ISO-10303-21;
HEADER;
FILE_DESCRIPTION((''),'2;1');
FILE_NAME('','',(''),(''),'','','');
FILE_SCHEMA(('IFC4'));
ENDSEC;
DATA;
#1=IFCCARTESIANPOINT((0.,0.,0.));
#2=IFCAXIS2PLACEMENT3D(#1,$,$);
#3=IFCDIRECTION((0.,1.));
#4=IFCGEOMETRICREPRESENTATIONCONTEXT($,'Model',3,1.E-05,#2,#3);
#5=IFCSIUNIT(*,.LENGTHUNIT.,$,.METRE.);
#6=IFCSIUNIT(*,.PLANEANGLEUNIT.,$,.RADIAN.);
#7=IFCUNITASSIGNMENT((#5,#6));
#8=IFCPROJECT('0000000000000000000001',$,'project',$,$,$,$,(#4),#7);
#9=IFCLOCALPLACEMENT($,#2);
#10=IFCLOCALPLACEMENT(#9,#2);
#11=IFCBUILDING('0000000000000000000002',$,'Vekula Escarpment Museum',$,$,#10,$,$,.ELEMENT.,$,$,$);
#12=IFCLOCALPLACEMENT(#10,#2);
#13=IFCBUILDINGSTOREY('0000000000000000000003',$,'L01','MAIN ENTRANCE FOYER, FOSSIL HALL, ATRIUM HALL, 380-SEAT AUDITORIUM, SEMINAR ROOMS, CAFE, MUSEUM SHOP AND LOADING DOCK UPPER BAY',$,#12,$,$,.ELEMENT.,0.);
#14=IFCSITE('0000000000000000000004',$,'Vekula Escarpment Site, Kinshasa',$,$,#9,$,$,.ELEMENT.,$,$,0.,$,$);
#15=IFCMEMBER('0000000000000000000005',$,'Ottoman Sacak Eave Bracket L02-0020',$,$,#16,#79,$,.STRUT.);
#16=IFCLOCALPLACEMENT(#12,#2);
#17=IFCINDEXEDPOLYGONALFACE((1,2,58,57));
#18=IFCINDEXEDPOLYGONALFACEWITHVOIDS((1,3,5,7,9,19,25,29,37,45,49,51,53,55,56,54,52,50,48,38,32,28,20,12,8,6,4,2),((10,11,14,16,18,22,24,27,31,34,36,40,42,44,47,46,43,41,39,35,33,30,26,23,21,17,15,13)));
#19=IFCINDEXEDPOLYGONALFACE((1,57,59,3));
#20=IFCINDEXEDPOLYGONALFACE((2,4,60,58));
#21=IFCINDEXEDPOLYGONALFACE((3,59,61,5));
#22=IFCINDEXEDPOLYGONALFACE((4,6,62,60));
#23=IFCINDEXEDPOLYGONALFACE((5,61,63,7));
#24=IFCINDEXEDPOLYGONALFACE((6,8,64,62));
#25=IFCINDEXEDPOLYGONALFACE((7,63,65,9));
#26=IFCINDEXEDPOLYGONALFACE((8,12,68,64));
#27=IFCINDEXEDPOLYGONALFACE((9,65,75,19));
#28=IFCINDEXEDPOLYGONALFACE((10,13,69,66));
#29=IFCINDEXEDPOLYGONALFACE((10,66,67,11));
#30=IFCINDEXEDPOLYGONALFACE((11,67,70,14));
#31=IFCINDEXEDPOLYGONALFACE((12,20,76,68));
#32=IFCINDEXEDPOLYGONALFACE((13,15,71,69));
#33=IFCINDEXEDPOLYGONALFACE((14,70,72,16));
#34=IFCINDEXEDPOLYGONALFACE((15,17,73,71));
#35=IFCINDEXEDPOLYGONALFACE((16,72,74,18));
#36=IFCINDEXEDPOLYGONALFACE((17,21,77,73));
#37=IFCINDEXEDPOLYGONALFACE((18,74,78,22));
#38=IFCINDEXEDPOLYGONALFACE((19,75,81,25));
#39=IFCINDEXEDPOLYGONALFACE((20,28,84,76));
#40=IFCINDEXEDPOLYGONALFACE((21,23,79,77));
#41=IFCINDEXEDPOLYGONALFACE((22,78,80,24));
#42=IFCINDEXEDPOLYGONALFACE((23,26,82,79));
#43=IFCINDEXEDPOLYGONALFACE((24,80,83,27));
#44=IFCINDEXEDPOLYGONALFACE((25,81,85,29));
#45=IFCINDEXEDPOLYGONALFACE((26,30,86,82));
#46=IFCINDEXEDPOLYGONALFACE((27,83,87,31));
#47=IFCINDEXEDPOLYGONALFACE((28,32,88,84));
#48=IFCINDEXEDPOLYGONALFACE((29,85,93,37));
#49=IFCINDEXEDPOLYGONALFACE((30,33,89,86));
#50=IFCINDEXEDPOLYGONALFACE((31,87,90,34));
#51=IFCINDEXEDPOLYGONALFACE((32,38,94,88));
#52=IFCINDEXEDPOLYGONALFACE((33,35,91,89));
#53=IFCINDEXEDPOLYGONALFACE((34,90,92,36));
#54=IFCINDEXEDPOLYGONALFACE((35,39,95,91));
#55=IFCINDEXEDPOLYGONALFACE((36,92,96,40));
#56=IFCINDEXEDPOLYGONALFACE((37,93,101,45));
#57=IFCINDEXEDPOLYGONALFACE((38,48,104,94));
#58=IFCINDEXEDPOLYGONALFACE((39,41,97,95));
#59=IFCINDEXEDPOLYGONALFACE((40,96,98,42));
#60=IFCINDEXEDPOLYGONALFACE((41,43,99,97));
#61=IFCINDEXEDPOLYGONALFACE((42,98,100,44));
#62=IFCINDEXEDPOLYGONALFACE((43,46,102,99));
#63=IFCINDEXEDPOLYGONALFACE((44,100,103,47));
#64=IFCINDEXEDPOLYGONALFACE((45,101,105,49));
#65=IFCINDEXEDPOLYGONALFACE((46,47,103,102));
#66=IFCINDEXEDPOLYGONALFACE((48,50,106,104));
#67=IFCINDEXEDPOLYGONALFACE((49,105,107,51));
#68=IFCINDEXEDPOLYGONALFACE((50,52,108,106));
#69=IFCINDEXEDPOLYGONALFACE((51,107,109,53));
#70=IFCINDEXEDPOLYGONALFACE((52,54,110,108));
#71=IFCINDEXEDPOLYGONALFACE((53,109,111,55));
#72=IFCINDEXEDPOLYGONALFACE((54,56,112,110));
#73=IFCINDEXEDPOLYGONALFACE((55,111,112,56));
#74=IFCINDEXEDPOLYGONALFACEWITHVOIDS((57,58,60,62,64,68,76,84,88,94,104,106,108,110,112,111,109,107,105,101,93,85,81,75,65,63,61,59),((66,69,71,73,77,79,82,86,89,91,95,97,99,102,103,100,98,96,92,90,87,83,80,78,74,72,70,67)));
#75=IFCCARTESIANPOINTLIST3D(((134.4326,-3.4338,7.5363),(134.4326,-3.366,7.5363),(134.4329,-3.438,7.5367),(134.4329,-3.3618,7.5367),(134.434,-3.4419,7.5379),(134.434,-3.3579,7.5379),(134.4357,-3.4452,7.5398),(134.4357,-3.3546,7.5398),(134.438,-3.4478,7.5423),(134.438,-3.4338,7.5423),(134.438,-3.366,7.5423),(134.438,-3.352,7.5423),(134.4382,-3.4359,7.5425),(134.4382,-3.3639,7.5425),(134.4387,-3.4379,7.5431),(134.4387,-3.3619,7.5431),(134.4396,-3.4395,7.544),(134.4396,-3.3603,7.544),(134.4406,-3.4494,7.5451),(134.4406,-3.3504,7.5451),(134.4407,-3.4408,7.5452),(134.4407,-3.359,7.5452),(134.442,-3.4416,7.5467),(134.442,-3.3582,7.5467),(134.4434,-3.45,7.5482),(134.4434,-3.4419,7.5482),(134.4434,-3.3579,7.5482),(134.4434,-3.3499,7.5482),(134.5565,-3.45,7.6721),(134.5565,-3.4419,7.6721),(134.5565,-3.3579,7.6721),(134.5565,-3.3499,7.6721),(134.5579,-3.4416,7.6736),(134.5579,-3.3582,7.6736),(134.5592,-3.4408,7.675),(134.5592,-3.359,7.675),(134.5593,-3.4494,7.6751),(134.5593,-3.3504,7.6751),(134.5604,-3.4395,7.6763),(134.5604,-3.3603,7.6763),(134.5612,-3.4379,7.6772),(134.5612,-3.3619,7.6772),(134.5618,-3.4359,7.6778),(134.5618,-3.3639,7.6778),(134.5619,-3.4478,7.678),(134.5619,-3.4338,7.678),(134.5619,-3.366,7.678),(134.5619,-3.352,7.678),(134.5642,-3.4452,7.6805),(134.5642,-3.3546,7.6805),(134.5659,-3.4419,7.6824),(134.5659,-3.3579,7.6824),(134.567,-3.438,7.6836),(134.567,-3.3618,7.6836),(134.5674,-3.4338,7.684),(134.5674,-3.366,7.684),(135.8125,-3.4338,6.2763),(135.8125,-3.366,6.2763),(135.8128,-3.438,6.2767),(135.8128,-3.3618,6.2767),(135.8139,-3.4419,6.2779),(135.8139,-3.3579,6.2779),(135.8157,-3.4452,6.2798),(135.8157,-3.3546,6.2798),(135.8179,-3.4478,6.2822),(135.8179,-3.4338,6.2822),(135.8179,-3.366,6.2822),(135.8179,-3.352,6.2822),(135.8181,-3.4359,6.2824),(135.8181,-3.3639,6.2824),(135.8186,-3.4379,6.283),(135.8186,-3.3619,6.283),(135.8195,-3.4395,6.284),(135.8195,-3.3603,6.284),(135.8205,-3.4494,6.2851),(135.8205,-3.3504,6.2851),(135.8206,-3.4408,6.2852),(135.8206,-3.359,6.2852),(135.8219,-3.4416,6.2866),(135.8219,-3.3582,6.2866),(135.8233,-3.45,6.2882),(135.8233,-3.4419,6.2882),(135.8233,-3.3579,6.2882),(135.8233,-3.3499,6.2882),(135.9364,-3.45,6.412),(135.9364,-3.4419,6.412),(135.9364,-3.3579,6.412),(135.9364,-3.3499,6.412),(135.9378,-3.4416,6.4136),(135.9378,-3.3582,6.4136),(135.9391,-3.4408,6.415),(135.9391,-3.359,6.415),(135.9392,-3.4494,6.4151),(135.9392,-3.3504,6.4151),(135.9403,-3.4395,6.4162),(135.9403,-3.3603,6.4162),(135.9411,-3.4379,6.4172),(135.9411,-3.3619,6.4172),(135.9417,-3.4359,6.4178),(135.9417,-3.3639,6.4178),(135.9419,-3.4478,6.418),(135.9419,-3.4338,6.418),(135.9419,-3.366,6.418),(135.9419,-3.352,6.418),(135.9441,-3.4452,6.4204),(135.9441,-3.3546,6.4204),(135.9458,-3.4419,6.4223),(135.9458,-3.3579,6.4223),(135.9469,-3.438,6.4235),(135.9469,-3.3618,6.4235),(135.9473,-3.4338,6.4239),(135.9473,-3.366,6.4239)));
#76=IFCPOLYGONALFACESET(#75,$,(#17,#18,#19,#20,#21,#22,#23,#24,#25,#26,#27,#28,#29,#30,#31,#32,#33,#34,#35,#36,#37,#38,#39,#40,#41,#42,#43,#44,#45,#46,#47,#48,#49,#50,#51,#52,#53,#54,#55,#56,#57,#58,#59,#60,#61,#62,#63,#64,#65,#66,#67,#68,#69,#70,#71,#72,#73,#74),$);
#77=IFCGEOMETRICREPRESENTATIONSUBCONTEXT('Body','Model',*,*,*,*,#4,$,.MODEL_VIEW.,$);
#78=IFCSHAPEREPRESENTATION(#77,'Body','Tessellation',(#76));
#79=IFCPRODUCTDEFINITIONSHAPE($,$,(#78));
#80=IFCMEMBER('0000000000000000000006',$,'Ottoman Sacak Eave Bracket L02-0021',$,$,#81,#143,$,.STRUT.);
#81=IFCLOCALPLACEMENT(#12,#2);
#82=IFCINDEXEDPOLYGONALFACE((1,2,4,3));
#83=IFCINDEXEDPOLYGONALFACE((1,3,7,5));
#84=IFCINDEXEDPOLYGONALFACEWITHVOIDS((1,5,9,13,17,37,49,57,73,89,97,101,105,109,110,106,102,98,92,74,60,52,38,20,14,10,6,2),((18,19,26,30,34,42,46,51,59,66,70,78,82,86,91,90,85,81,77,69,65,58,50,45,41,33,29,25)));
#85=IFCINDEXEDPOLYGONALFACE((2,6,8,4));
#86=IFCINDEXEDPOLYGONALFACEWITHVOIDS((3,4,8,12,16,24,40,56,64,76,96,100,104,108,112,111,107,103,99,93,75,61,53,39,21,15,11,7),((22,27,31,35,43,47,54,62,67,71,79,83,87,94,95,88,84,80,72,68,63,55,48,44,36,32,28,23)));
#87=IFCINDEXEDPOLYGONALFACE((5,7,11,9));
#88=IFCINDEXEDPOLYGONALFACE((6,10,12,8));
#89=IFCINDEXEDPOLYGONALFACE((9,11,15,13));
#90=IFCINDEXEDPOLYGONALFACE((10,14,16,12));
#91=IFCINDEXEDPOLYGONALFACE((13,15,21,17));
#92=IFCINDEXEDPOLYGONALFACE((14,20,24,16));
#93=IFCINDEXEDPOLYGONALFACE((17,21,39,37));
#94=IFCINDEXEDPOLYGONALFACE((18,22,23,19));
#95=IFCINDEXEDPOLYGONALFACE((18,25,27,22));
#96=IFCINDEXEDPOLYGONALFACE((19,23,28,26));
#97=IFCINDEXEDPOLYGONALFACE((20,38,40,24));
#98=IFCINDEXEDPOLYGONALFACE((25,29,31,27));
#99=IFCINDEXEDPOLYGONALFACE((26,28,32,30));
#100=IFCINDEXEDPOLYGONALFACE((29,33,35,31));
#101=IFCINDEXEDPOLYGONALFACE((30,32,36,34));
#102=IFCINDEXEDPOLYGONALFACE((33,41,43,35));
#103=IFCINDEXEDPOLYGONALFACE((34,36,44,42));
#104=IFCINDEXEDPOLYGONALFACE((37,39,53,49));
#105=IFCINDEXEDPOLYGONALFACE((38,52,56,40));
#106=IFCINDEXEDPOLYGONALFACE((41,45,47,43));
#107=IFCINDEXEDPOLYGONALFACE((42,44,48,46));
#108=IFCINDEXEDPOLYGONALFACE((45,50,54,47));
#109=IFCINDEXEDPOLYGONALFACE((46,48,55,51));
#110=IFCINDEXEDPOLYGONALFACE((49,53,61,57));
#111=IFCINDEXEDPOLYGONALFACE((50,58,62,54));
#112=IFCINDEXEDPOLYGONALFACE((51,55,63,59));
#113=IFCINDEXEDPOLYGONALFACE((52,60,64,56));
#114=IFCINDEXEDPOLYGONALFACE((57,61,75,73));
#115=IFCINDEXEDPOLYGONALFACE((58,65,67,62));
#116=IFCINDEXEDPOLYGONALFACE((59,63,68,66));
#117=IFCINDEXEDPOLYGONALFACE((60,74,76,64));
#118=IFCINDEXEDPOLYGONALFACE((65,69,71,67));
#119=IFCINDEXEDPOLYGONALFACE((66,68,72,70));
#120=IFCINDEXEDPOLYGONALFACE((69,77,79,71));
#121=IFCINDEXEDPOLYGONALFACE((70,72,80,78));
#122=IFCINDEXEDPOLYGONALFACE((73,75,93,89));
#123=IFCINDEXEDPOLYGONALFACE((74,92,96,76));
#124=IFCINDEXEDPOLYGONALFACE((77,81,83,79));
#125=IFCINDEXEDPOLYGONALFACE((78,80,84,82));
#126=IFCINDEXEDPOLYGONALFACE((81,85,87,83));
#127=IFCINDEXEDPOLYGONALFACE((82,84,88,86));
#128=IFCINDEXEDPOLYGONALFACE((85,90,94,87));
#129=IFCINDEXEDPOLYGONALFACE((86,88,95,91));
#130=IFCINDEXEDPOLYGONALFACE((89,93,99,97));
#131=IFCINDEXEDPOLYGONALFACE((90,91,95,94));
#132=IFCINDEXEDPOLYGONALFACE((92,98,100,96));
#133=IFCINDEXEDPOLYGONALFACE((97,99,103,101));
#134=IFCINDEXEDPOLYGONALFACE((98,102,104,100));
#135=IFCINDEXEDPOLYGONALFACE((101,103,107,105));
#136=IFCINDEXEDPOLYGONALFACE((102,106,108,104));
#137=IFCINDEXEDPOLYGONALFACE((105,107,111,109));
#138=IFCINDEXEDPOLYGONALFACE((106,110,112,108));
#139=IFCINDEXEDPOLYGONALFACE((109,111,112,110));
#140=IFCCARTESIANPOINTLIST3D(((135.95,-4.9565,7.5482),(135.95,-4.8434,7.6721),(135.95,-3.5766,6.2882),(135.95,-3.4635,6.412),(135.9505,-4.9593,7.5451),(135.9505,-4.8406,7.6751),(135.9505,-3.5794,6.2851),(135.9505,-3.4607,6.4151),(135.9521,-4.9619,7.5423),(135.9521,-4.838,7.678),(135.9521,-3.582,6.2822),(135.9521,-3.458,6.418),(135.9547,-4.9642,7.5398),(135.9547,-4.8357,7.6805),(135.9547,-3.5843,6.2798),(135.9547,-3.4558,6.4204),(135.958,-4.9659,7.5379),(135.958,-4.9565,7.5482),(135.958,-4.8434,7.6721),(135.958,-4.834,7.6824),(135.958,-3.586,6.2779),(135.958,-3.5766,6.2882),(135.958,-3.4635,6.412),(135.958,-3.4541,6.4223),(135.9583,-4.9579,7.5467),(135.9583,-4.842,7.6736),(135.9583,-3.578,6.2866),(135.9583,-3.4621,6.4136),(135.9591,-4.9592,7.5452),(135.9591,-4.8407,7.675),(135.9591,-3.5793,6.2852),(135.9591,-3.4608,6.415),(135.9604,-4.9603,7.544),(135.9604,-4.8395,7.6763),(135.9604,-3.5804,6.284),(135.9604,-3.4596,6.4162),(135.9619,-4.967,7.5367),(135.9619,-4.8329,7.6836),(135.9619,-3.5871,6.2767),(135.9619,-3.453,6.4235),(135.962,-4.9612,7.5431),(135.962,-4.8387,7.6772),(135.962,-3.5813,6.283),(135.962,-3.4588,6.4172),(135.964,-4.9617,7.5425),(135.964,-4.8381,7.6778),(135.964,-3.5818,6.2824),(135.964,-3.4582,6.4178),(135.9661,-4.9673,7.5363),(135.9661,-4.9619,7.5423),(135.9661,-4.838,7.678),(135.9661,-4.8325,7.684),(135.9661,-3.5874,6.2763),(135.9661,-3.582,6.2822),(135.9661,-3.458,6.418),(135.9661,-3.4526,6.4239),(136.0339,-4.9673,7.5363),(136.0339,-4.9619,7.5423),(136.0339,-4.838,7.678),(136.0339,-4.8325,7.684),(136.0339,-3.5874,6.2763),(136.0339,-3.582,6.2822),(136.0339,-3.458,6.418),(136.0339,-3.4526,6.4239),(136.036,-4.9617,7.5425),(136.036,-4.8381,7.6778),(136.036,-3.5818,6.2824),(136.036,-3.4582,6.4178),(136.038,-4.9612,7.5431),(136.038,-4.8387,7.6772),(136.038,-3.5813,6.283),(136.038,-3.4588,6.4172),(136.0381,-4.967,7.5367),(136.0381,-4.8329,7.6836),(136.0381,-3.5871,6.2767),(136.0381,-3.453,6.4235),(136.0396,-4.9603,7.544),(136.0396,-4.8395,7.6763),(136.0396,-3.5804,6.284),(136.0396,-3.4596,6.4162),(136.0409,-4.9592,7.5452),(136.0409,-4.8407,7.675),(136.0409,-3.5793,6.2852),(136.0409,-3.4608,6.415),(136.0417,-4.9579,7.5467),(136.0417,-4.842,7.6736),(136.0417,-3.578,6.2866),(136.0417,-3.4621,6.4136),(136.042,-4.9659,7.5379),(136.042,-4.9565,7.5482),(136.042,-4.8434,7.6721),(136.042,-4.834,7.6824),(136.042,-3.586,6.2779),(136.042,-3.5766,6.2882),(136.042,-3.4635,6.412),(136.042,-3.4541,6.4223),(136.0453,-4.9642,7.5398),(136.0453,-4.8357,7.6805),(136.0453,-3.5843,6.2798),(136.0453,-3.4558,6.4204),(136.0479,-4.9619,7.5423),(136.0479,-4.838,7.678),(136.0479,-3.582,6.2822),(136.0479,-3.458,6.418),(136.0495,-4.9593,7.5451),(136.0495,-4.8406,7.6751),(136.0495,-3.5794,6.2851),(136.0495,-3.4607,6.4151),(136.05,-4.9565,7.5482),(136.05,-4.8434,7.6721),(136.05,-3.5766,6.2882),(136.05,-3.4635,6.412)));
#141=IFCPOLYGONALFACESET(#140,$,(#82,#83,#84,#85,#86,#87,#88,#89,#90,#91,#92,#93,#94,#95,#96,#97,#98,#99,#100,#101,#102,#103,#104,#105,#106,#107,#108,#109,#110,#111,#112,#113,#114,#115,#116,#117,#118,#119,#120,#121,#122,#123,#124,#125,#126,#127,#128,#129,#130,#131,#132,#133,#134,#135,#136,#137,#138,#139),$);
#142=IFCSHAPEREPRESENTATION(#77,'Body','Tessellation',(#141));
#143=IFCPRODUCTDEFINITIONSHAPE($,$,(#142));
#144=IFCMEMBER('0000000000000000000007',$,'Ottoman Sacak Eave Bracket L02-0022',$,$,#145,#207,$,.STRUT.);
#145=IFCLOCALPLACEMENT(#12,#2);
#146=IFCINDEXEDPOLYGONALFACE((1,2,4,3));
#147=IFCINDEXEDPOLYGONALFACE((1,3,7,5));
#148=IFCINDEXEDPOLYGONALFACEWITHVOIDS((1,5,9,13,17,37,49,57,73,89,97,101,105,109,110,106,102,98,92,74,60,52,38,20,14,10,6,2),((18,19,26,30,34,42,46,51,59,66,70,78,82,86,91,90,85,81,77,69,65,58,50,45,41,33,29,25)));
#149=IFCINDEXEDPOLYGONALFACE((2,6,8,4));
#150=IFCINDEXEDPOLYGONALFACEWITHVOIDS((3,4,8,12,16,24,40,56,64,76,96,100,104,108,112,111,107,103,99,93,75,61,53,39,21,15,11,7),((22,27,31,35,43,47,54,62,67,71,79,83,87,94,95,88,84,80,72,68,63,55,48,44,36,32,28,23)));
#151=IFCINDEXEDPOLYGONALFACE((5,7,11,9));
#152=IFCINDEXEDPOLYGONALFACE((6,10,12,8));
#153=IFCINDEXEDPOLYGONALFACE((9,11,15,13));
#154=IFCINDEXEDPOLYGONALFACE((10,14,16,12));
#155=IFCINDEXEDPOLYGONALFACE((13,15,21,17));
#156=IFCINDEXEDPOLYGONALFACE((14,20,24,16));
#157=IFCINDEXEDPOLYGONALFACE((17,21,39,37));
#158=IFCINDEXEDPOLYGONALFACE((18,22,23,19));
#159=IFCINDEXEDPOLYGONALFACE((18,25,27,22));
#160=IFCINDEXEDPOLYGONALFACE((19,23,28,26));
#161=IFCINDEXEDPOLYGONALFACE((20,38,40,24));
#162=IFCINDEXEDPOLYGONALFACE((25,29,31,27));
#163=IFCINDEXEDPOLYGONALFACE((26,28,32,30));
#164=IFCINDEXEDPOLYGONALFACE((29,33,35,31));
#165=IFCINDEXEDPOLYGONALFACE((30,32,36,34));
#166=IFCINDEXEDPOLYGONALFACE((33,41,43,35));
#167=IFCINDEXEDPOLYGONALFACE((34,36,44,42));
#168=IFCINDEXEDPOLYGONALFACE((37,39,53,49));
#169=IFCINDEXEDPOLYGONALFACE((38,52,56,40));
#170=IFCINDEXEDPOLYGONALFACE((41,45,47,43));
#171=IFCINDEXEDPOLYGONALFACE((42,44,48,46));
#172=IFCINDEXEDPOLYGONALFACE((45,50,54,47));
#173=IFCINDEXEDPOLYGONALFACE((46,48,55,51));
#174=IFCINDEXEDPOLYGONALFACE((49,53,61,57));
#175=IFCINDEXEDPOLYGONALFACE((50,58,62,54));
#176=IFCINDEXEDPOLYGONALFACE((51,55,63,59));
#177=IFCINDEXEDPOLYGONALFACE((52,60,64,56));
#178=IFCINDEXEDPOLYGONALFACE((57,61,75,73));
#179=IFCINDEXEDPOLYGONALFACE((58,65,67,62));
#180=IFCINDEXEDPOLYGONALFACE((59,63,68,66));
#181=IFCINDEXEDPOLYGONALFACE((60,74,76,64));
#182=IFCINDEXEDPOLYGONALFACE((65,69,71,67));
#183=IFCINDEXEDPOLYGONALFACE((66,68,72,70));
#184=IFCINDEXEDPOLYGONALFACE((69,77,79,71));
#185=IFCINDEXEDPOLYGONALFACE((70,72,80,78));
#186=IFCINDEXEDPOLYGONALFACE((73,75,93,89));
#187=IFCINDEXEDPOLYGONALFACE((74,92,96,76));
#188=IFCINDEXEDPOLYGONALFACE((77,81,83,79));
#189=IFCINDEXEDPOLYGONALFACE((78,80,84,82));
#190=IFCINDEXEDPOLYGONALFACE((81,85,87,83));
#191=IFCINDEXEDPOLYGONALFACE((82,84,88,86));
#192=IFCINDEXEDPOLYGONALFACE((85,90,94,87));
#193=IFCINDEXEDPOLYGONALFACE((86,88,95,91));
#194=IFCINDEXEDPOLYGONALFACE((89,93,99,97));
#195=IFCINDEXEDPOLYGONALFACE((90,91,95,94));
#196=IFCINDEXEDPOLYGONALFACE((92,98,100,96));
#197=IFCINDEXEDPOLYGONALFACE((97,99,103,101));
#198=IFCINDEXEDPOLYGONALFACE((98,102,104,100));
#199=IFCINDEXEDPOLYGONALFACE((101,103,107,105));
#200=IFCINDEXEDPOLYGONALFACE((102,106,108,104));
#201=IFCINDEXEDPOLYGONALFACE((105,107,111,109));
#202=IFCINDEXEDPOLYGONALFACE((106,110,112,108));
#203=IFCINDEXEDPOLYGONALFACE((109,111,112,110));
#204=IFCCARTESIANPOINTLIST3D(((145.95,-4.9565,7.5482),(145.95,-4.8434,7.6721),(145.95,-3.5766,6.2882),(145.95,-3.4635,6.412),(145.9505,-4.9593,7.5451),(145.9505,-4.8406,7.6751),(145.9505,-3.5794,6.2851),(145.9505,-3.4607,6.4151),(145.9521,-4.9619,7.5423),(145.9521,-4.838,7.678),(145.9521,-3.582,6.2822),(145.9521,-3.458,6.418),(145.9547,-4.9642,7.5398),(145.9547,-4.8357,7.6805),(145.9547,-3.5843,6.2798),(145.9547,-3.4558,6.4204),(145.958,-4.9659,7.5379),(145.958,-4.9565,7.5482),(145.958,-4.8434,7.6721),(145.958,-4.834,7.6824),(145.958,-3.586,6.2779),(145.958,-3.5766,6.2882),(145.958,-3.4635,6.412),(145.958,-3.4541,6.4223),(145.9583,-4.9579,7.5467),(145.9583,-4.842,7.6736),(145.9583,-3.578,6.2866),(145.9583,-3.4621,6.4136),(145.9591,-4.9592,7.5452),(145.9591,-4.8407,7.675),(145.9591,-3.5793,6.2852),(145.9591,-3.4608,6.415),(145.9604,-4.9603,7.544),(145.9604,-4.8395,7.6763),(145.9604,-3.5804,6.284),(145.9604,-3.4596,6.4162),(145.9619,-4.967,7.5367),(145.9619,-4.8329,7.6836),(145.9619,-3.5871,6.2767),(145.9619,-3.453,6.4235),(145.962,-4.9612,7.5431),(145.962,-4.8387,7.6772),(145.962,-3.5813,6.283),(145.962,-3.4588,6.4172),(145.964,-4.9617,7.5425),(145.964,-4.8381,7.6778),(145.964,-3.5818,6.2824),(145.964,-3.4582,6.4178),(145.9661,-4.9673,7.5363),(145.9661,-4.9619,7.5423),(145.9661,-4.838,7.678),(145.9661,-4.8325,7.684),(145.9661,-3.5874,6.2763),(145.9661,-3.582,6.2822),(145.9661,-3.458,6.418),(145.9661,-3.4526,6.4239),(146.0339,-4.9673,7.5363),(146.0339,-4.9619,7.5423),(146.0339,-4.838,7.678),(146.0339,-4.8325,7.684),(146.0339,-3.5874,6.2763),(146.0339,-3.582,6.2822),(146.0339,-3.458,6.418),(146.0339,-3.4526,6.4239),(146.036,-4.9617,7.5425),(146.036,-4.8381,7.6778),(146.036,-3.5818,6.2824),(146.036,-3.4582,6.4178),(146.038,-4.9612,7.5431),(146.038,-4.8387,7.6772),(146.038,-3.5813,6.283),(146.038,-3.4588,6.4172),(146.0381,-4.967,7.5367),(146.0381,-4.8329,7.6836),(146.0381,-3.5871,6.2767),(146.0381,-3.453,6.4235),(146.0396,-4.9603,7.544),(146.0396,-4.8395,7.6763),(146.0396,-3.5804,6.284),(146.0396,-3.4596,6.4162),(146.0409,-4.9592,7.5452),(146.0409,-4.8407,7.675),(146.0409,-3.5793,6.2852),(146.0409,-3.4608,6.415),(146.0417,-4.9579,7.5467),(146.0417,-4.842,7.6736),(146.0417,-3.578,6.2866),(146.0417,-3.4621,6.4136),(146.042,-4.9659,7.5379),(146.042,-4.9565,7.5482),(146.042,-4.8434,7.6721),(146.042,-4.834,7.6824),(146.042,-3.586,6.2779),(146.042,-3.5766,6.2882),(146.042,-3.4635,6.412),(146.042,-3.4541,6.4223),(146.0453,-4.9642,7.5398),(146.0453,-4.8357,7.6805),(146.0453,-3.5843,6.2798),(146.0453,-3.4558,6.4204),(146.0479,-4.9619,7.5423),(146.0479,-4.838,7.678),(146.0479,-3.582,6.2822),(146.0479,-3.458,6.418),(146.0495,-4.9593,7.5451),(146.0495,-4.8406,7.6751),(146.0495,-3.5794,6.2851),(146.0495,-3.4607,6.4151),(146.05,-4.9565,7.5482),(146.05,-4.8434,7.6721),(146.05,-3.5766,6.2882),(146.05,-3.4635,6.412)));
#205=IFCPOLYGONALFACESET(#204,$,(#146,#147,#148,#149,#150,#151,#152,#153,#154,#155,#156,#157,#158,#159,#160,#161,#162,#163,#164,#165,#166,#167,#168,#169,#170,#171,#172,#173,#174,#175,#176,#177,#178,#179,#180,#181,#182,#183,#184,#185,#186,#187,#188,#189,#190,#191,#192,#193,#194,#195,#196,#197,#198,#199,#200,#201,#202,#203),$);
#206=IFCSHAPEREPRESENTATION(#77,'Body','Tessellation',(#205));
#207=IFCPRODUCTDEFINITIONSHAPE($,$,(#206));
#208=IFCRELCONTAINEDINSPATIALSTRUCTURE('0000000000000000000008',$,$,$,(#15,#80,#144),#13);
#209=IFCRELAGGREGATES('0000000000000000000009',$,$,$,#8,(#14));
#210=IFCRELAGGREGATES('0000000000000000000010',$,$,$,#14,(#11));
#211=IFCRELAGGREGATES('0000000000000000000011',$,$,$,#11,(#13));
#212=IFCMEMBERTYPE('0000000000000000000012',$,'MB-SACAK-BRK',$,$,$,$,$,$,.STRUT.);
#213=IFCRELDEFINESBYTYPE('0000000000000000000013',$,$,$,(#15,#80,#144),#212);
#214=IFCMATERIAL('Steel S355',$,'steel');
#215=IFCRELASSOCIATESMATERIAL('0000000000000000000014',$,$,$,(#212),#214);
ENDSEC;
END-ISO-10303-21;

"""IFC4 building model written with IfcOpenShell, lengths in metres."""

from ifc_helpers import new_model, si_unit, direction, frame, origin, origin_2d, place, context, subcontext, project, spatial, hollow_rectangle, extrude, material, material_profile, profile_set, type_object, element, save


model = new_model("IFC4")

# Units and contexts
model_context = context("Model", 3, precision=1e-05, world=origin(), true_north=direction((0.0, 1.0)))
body_context = subcontext(model_context, "Body", "Model", "MODEL_VIEW")
ifc_project = project(units=[si_unit("LENGTHUNIT", "METRE"), si_unit("PLANEANGLEUNIT", "RADIAN")], contexts=[model_context])

# Site, building, storey
site_placement = place(None, origin())
site = spatial("IfcSite", under=ifc_project, at=site_placement, Name="Vekula Escarpment Site, Kinshasa", CompositionType="ELEMENT", RefElevation=0.0)
building_placement = place(site_placement, origin())
building = spatial("IfcBuilding", under=site, at=building_placement, Name="Vekula Escarpment Museum", CompositionType="ELEMENT")
storey_placement = place(building_placement, origin())
storey = spatial("IfcBuildingStorey", under=building, at=storey_placement, Name="L01", Description="MAIN ENTRANCE FOYER, FOSSIL HALL, ATRIUM HALL, 380-SEAT AUDITORIUM, SEMINAR ROOMS, CAFE, MUSEUM SHOP AND LOADING DOCK UPPER BAY", CompositionType="ELEMENT", Elevation=0.0)

# Members
ifc_material_1 = material(Name="Steel S355", Category="steel")
ifc_material_profile_1 = material_profile(ifc_material_1, hollow_rectangle(XDim=0.1001, YDim=0.2, WallThickness=0.0081, InnerFilletRadius=0.0081, OuterFilletRadius=0.0161, at=origin_2d()), Name="RHS 200x100x8")
ifc_profile_set_1 = profile_set([ifc_material_profile_1], Name="Steel S355")
member_type = type_object("IfcMemberType", Name="MB-SACAK-BRK", PredefinedType="STRUT", material=ifc_profile_set_1)
for number, where, z_axis, x_axis, name in (
    (1, (135.8799, -3.3999, 6.3501), (-0.738454, 0.0, 0.674303), (0.0, -1.0, 0.0), "Ottoman Sacak Eave Bracket L02-0020"),
    (2, (136.0, -3.52, 6.3501), (0.0, -0.738454, 0.674303), (1.0, 0.0, 0.0), "Ottoman Sacak Eave Bracket L02-0021"),
    (3, (146.0, -3.52, 6.3501), (0.0, -0.738454, 0.674303), (1.0, 0.0, 0.0), "Ottoman Sacak Eave Bracket L02-0022"),
):
    element("IfcMember", number, at=place(storey_placement, frame(where, z_axis=z_axis, x_axis=x_axis)), inside=storey, type_object=member_type, Name=name, PredefinedType="STRUT", context=body_context, shape_type="SweptSolid", body=[
        extrude(hollow_rectangle(XDim=0.1001, YDim=0.2, WallThickness=0.0081, InnerFilletRadius=0.0081, OuterFilletRadius=0.0161, at=origin_2d()), origin(), (0.0, 0.0, 1.0), 1.8687),
    ])

save(model, "model.ifc")
